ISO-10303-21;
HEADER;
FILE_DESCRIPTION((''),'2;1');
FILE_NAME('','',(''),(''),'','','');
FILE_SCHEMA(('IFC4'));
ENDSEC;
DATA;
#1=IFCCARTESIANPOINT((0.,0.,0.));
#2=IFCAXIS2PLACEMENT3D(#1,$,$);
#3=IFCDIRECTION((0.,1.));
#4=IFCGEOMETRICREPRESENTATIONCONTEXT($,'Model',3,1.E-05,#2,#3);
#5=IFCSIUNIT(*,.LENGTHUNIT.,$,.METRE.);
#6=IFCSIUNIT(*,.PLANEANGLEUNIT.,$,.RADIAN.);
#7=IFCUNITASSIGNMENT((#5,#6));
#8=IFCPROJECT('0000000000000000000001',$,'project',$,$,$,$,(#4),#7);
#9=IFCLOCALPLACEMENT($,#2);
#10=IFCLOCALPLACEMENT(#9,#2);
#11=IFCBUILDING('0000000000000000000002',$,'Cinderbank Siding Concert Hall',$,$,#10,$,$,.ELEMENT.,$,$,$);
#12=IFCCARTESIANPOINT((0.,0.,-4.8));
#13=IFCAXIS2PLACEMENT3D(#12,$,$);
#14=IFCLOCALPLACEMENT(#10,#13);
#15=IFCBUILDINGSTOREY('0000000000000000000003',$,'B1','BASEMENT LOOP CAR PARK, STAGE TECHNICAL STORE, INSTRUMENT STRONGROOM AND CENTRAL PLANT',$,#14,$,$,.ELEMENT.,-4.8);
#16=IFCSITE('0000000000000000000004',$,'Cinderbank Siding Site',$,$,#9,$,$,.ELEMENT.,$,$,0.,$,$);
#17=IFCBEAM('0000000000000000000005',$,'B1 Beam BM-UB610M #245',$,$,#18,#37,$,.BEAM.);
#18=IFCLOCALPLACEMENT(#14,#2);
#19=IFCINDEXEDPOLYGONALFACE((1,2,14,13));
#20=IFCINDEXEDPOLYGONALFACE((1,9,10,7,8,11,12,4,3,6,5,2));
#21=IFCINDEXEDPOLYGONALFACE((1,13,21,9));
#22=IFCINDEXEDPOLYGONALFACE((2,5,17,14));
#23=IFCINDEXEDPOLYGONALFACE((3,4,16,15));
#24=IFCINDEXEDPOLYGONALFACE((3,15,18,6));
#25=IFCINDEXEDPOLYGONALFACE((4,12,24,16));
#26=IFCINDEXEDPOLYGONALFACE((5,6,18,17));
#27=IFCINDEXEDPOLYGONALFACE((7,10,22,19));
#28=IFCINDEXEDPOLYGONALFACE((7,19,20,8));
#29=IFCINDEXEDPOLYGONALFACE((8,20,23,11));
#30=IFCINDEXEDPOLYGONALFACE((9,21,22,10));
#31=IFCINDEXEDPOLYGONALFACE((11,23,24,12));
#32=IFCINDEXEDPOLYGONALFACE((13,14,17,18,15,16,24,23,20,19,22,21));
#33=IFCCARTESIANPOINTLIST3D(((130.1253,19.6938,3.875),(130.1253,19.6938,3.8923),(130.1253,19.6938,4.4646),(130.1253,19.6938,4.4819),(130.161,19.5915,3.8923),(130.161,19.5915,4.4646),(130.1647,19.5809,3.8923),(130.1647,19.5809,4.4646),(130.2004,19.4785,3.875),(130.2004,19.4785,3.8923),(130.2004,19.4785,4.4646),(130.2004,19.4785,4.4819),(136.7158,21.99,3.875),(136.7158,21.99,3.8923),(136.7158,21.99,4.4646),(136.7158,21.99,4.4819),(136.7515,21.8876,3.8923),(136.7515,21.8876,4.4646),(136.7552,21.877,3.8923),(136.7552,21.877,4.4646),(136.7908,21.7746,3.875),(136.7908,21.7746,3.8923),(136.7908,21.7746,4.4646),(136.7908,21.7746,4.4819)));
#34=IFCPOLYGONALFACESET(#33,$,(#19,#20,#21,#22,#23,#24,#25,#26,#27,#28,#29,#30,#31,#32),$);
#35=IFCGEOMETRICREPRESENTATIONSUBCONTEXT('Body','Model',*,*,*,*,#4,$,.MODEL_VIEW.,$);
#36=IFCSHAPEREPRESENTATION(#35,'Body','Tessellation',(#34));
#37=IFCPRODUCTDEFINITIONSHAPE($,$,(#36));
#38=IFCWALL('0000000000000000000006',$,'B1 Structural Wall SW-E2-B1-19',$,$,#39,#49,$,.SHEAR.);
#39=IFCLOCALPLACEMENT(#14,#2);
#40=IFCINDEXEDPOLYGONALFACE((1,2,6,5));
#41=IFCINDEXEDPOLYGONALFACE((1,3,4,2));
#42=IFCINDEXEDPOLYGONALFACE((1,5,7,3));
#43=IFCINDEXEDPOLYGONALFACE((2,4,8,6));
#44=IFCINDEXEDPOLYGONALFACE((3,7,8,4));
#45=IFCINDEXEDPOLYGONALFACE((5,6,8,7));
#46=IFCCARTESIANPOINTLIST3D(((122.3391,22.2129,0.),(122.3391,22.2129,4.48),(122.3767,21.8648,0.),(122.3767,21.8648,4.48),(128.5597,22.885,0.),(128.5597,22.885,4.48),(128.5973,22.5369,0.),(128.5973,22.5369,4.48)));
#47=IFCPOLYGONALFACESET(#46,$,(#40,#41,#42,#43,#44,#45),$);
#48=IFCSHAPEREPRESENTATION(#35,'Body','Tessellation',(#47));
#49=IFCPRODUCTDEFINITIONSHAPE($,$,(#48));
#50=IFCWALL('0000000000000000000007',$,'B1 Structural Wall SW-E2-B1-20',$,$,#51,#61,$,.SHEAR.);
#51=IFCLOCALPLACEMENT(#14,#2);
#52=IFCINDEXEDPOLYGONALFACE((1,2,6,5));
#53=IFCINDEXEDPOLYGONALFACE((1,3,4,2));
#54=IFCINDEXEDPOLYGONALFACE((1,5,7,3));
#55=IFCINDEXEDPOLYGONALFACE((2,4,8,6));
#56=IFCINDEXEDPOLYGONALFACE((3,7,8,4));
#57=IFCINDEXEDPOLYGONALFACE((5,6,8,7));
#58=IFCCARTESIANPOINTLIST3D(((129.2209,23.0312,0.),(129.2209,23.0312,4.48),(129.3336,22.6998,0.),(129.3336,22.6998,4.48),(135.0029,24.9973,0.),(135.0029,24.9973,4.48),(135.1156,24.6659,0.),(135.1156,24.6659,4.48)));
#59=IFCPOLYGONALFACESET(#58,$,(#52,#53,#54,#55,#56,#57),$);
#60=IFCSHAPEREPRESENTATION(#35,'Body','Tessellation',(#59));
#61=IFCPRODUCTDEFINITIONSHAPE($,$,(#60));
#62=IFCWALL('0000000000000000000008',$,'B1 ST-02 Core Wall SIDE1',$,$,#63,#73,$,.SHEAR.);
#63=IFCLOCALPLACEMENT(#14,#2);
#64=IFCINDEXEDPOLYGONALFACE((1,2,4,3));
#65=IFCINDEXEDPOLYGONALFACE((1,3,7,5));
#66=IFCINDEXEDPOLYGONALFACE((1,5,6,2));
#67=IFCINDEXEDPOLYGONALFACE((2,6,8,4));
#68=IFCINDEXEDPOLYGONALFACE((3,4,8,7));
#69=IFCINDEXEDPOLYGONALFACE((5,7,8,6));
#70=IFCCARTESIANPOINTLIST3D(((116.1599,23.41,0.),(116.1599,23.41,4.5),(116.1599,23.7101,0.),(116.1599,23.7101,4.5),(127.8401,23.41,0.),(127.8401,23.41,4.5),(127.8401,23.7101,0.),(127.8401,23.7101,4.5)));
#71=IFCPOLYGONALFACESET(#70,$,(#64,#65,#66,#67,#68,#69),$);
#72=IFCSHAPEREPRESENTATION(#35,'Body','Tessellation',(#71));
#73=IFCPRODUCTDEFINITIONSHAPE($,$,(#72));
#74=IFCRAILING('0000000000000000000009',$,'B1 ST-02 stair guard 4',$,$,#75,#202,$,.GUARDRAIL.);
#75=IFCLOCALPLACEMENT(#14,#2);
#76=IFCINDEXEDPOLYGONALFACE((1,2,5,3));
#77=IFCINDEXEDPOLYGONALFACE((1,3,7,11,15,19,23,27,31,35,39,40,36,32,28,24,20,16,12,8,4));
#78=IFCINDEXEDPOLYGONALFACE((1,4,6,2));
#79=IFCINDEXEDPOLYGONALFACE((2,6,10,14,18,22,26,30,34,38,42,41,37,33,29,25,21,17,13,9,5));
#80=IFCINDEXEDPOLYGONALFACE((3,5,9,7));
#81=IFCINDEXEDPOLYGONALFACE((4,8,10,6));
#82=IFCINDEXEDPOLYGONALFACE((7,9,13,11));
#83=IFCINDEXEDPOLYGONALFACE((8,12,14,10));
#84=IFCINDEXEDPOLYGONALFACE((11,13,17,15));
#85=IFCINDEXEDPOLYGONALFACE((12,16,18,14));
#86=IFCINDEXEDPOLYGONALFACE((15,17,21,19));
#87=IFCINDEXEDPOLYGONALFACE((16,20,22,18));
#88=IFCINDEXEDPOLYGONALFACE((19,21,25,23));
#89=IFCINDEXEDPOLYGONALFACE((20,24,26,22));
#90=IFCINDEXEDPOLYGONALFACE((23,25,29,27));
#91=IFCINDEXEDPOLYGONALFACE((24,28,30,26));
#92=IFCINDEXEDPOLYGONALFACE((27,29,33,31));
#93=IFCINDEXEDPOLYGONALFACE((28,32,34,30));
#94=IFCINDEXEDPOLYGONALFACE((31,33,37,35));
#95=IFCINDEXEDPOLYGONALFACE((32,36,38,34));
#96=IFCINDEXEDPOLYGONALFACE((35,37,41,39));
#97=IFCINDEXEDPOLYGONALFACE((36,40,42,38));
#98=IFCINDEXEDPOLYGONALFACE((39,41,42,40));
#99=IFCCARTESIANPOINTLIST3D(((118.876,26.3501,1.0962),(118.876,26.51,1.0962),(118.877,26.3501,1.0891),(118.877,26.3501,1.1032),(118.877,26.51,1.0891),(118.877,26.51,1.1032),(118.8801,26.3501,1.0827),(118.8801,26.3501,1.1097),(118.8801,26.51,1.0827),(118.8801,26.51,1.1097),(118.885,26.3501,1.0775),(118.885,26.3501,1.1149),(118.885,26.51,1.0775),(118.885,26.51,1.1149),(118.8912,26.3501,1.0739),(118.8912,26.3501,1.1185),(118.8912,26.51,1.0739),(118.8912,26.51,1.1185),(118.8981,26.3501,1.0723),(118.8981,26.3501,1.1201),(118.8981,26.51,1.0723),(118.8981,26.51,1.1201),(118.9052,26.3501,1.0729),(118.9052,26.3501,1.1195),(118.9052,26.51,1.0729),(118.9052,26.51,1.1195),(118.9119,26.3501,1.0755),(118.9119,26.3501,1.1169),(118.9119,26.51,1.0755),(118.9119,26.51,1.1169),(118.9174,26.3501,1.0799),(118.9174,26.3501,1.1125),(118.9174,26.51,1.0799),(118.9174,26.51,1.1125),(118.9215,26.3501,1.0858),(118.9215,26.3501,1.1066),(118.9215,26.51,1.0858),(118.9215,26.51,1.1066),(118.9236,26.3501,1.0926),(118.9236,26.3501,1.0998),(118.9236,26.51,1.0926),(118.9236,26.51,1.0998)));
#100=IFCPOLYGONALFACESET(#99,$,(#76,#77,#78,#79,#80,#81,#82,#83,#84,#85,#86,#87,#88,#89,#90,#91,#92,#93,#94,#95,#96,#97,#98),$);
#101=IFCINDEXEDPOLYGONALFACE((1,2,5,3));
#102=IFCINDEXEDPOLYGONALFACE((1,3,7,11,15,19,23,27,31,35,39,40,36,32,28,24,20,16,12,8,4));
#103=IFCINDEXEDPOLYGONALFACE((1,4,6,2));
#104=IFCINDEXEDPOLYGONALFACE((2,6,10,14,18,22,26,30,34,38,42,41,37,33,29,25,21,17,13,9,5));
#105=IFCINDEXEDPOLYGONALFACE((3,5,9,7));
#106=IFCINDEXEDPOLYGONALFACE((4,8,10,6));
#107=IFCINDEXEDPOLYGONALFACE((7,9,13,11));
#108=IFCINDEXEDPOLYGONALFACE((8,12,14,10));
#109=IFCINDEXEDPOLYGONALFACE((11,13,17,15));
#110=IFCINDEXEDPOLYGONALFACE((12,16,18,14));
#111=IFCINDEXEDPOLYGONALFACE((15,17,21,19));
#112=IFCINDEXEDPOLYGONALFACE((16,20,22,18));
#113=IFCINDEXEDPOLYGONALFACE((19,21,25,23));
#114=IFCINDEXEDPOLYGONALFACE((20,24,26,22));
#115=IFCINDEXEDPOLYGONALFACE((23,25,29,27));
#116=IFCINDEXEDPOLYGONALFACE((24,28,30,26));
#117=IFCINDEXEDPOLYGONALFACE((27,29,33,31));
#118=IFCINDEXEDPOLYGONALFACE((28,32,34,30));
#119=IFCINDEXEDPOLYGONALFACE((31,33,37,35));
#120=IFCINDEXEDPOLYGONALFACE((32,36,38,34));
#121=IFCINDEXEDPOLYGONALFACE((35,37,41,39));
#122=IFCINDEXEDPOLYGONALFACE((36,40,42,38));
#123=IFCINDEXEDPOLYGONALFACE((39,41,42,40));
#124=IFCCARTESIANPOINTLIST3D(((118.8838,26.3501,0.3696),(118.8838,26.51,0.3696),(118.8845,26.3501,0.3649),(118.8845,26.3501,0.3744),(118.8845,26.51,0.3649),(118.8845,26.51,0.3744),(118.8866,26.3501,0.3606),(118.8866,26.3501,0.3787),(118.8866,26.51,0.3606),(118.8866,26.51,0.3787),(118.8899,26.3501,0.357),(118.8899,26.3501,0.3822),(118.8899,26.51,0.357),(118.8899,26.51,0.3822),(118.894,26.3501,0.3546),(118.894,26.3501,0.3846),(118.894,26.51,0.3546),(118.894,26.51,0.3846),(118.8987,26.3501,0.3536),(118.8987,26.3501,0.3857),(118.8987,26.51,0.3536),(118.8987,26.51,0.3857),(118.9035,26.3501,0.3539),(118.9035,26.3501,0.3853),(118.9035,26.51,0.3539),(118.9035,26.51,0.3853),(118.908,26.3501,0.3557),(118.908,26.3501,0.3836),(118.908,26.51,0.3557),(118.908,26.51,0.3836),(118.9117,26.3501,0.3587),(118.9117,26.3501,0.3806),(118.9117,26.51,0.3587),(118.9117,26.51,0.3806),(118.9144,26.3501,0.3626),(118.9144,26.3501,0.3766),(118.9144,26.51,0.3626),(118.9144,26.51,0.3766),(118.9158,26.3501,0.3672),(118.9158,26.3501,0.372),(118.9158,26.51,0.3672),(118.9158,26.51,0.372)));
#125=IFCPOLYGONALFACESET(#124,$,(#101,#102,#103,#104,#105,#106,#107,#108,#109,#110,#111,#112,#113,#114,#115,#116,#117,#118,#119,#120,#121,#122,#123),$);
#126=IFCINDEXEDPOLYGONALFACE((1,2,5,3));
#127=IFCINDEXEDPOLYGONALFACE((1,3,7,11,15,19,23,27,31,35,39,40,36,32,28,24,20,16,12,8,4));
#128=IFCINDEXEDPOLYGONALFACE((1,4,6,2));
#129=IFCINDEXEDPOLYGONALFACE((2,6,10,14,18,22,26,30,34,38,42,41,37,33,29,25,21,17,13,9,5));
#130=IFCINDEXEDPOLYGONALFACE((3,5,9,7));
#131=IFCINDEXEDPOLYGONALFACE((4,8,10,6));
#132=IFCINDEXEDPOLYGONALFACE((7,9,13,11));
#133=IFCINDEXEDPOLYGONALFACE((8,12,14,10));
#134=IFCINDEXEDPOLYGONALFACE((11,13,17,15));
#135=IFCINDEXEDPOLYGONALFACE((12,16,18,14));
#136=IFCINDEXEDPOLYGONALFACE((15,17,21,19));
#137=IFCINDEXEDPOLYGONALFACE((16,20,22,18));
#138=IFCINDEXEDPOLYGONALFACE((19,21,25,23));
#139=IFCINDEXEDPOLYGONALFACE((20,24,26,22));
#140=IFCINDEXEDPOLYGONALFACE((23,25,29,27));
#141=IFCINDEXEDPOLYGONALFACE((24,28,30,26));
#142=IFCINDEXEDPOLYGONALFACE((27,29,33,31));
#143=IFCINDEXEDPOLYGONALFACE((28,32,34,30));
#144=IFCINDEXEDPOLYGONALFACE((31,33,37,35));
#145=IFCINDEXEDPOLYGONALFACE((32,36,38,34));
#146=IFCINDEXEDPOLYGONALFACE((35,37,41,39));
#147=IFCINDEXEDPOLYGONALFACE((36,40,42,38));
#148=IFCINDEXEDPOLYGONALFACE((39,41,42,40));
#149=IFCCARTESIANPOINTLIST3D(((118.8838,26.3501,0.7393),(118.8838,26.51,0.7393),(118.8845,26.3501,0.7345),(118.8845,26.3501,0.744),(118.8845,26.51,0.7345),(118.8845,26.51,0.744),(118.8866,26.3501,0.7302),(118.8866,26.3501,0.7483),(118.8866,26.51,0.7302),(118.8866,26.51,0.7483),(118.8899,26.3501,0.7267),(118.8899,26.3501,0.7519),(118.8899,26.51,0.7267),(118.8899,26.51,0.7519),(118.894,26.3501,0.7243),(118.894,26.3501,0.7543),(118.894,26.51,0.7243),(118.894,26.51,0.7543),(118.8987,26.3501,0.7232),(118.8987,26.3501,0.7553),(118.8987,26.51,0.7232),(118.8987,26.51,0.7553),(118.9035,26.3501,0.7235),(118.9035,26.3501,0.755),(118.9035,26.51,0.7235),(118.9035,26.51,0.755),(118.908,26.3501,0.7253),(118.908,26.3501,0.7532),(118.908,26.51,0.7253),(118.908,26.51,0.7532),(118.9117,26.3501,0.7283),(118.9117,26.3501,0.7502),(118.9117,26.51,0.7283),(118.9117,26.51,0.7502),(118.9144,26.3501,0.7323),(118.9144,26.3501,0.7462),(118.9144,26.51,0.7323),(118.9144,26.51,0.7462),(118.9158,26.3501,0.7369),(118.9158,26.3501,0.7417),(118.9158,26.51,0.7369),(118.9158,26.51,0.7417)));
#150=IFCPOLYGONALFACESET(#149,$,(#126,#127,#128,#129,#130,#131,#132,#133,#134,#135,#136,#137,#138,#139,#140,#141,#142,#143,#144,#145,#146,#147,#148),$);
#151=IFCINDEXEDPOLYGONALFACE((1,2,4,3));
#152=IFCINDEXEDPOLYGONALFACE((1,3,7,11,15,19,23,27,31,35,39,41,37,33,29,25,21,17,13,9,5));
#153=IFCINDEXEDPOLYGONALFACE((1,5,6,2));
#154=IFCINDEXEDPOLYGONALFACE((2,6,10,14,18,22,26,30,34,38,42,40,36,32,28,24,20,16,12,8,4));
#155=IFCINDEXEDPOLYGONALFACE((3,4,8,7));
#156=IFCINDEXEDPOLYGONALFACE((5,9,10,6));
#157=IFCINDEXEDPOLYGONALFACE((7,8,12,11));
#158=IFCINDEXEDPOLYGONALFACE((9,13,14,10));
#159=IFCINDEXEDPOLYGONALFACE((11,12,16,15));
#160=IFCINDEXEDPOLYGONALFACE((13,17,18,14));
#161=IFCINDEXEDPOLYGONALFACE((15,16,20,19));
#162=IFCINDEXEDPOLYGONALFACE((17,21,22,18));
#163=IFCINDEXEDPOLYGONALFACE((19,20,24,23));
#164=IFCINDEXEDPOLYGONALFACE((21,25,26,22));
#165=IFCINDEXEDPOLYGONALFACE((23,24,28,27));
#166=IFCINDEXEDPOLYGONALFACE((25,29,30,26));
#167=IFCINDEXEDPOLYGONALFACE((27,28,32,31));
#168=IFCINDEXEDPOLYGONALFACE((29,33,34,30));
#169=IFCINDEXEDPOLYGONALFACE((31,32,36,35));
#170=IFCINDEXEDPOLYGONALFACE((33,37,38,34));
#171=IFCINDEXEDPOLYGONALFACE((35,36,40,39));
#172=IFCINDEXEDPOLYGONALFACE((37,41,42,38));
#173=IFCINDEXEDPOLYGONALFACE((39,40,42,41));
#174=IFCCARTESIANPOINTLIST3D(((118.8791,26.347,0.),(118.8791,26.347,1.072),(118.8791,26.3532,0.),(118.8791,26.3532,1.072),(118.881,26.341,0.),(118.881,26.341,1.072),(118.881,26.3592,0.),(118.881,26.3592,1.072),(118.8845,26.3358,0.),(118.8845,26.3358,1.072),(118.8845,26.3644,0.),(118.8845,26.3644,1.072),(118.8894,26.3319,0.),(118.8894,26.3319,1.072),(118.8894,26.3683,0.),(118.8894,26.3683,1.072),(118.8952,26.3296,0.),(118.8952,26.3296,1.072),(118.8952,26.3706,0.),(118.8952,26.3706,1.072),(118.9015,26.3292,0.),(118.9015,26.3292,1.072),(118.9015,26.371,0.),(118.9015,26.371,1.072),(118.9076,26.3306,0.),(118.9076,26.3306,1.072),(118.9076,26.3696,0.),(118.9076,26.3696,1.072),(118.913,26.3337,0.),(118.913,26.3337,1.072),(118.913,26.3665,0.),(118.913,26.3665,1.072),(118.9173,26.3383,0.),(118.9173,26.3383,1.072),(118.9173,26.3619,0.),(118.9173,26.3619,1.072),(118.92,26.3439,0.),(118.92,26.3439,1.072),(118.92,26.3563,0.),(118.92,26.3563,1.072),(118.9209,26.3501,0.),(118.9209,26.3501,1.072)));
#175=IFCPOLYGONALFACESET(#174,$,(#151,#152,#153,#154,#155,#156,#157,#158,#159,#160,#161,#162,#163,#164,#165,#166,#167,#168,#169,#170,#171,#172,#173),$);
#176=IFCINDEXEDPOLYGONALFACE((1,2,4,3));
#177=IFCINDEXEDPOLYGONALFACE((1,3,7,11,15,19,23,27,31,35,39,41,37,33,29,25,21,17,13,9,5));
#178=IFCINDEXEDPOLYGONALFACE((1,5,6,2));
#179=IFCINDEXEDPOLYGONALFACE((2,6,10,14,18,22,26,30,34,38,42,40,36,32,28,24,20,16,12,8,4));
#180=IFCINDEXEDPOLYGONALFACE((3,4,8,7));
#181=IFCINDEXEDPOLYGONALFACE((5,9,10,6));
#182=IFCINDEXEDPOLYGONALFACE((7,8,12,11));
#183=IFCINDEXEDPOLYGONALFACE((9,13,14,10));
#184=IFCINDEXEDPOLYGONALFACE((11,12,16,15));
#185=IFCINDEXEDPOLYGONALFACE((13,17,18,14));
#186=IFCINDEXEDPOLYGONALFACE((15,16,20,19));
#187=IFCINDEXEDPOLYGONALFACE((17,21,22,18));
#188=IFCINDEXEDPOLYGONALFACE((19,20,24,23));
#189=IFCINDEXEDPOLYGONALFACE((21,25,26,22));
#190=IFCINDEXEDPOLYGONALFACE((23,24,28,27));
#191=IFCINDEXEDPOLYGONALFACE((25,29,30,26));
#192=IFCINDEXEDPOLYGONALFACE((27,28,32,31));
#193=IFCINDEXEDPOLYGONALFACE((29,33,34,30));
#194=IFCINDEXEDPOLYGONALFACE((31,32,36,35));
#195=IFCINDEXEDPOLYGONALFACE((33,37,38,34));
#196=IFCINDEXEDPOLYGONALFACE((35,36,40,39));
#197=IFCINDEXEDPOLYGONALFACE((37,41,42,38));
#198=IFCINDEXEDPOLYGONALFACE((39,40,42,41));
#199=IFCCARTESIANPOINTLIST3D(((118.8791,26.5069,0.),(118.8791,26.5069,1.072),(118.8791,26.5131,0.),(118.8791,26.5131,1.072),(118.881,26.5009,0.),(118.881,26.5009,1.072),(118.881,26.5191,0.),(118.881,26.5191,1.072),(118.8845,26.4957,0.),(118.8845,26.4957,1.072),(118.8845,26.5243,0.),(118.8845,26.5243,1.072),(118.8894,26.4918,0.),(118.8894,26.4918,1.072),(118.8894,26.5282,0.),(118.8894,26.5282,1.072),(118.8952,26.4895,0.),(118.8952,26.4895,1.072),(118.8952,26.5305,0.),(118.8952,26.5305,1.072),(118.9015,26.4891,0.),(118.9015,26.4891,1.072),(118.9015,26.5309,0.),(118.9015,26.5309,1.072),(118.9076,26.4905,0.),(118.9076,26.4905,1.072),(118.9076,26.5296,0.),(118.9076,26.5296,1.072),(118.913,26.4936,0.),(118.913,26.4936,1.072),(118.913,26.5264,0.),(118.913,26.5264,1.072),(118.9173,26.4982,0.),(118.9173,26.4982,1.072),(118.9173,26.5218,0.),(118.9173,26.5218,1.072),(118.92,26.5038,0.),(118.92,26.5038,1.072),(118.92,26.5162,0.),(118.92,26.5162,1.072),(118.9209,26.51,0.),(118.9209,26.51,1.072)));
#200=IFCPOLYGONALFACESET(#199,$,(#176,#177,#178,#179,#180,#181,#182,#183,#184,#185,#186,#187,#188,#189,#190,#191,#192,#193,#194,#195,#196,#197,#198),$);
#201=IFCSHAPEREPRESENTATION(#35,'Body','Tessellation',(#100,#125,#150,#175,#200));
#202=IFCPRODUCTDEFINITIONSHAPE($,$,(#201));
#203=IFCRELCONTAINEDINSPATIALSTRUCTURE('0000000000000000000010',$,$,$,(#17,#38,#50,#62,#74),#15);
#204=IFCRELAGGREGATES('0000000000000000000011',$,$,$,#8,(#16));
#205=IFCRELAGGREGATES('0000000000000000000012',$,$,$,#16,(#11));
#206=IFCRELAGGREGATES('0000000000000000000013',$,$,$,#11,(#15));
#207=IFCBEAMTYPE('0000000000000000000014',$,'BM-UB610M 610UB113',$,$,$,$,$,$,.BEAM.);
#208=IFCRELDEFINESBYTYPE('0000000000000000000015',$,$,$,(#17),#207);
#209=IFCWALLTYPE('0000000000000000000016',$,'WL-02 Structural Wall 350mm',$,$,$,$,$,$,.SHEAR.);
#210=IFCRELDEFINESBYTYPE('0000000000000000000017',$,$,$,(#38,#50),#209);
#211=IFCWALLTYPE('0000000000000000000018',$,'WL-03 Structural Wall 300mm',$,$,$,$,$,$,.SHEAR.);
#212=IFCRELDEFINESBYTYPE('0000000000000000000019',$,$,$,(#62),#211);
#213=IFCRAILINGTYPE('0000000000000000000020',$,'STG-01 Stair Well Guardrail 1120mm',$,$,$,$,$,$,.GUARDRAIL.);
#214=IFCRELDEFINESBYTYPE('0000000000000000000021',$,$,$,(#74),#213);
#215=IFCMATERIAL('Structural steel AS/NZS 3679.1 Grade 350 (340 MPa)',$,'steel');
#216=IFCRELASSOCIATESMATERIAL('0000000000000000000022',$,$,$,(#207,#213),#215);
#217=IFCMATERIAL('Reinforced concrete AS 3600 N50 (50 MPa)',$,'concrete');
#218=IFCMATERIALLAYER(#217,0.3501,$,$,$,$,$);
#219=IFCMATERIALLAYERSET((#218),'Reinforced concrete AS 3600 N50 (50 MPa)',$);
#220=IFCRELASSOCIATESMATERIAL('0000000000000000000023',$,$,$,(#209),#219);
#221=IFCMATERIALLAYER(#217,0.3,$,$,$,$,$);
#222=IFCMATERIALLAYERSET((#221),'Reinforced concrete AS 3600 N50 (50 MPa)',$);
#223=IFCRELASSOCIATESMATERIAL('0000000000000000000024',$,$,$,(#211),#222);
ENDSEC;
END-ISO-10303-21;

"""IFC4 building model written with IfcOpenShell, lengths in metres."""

from ifc_helpers import new_model, si_unit, direction, frame, frame_2d, origin, origin_2d, place, context, subcontext, project, spatial, rectangle, circle, i_section, extrude, material, layer, layer_set, material_profile, profile_set, type_object, element, save


model = new_model("IFC4")

# Units and contexts
model_context = context("Model", 3, precision=1e-05, world=origin(), true_north=direction((0.0, 1.0)))
body_context = subcontext(model_context, "Body", "Model", "MODEL_VIEW")
ifc_project = project(units=[si_unit("LENGTHUNIT", "METRE"), si_unit("PLANEANGLEUNIT", "RADIAN")], contexts=[model_context])

# Site, building, storey
site_placement = place(None, origin())
site = spatial("IfcSite", under=ifc_project, at=site_placement, Name="Cinderbank Siding Site", CompositionType="ELEMENT", RefElevation=0.0)
building_placement = place(site_placement, origin())
building = spatial("IfcBuilding", under=site, at=building_placement, Name="Cinderbank Siding Concert Hall", CompositionType="ELEMENT")
storey_placement = place(building_placement, frame((0.0, 0.0, -4.8)))
storey = spatial("IfcBuildingStorey", under=building, at=storey_placement, Name="B1", Description="BASEMENT LOOP CAR PARK, STAGE TECHNICAL STORE, INSTRUMENT STRONGROOM AND CENTRAL PLANT", CompositionType="ELEMENT", Elevation=-4.8)

# Shared definitions
ifc_material_1 = material(Name="Reinforced concrete AS 3600 N50 (50 MPa)", Category="concrete")

# Beam
ifc_material_2 = material(Name="Structural steel AS/NZS 3679.1 Grade 350 (340 MPa)", Category="steel")
ifc_material_profile_1 = material_profile(ifc_material_2, i_section(OverallWidth=0.228, OverallDepth=0.6069, WebThickness=0.0112, FlangeThickness=0.0173, at=origin_2d()), Name="610UB113", Category="LoadBearing")
ifc_profile_set_1 = profile_set([ifc_material_profile_1], Name="Structural steel AS/NZS 3679.1 Grade 350 (340 MPa)")
beam_type_1 = type_object("IfcBeamType", Name="BM-UB610M 610UB113", PredefinedType="BEAM", material=ifc_profile_set_1)
beam_1_placement = place(storey_placement, frame((130.1628, 19.5862, 4.1785), z_axis=(0.944329, 0.329002, 0.0), x_axis=(-0.329002, 0.944329, 0.0)))
element("IfcBeam", 1, at=beam_1_placement, inside=storey, type_object=beam_type_1, Name="B1 Beam BM-UB610M #245", PredefinedType="BEAM", context=body_context, shape_type="SweptSolid", body=[
    extrude(i_section(OverallWidth=0.228, OverallDepth=0.6069, WebThickness=0.0112, FlangeThickness=0.0173, at=origin_2d()), origin(), (0.0, 0.0, 1.0), 6.979),
])

# Walls
ifc_layer_1 = layer(ifc_material_1, 0.3501)
ifc_layer_set_1 = layer_set([ifc_layer_1], Name="Reinforced concrete AS 3600 N50 (50 MPa)")
wall_type_1 = type_object("IfcWallType", Name="WL-02 Structural Wall 350mm", PredefinedType="SHEAR", material=ifc_layer_set_1)
wall_1_placement = place(storey_placement, frame((122.3579, 22.0388, 0.0), z_axis=(0.0, 0.0, 1.0), x_axis=(0.994214, 0.10742, 0.0)))
element("IfcWall", 2, at=wall_1_placement, inside=storey, type_object=wall_type_1, Name="B1 Structural Wall SW-E2-B1-19", PredefinedType="SHEAR", context=body_context, shape_type="SweptSolid", body=[
    extrude(rectangle(XDim=6.2568, YDim=0.3501, at=frame_2d((3.1284, 0.0))), origin(), (0.0, 0.0, 1.0), 4.48),
])
wall_2_placement = place(storey_placement, frame((129.2771, 22.8655, 0.0), z_axis=(0.0, 0.0, 1.0), x_axis=(0.946763, 0.321931, 0.0)))
element("IfcWall", 3, at=wall_2_placement, inside=storey, type_object=wall_type_1, Name="B1 Structural Wall SW-E2-B1-20", PredefinedType="SHEAR", context=body_context, shape_type="SweptSolid", body=[
    extrude(rectangle(XDim=6.1072, YDim=0.3501, at=frame_2d((3.0537, 0.0))), origin(), (0.0, 0.0, 1.0), 4.48),
])
ifc_layer_2 = layer(ifc_material_1, 0.3)
ifc_layer_set_2 = layer_set([ifc_layer_2], Name="Reinforced concrete AS 3600 N50 (50 MPa)")
wall_type_2 = type_object("IfcWallType", Name="WL-03 Structural Wall 300mm", PredefinedType="SHEAR", material=ifc_layer_set_2)
wall_3_placement = place(storey_placement, frame((127.8401, 23.5601, 0.0), z_axis=(0.0, 0.0, 1.0), x_axis=(-1.0, 0.0, 0.0)))
element("IfcWall", 4, at=wall_3_placement, inside=storey, type_object=wall_type_2, Name="B1 ST-02 Core Wall SIDE1", PredefinedType="SHEAR", context=body_context, shape_type="SweptSolid", body=[
    extrude(rectangle(XDim=11.6802, YDim=0.3, at=frame_2d((5.8401, 0.0))), origin(), (0.0, 0.0, 1.0), 4.5),
])

# Railing
railing_type_1 = type_object("IfcRailingType", Name="STG-01 Stair Well Guardrail 1120mm", PredefinedType="GUARDRAIL", material=ifc_material_2)
railing_1_placement = place(storey_placement, frame((118.8999, 26.3501, 0.0)))
element("IfcRailing", 5, at=railing_1_placement, inside=storey, type_object=railing_type_1, Name="B1 ST-02 stair guard 4", PredefinedType="GUARDRAIL", context=body_context, shape_type="SweptSolid", body=[
    extrude(circle(Radius=0.0239, at=origin_2d()), frame((0.0, 0.0, 1.0962), z_axis=(0.0, 1.0, 0.0), x_axis=(-1.0, 0.0, 0.0)), (0.0, 0.0, 1.0), 0.1599),
    extrude(circle(Radius=0.0161, at=origin_2d()), frame((0.0, 0.0, 0.3696), z_axis=(0.0, 1.0, 0.0), x_axis=(-1.0, 0.0, 0.0)), (0.0, 0.0, 1.0), 0.1599),
    extrude(circle(Radius=0.0161, at=origin_2d()), frame((0.0, 0.0, 0.7393), z_axis=(0.0, 1.0, 0.0), x_axis=(-1.0, 0.0, 0.0)), (0.0, 0.0, 1.0), 0.1599),
    extrude(circle(Radius=0.021, at=origin_2d()), origin(), (0.0, 0.0, 1.0), 1.072),
    extrude(circle(Radius=0.021, at=origin_2d()), frame((0.0, 0.1599, 0.0)), (0.0, 0.0, 1.0), 1.072),
])

save(model, "model.ifc")
